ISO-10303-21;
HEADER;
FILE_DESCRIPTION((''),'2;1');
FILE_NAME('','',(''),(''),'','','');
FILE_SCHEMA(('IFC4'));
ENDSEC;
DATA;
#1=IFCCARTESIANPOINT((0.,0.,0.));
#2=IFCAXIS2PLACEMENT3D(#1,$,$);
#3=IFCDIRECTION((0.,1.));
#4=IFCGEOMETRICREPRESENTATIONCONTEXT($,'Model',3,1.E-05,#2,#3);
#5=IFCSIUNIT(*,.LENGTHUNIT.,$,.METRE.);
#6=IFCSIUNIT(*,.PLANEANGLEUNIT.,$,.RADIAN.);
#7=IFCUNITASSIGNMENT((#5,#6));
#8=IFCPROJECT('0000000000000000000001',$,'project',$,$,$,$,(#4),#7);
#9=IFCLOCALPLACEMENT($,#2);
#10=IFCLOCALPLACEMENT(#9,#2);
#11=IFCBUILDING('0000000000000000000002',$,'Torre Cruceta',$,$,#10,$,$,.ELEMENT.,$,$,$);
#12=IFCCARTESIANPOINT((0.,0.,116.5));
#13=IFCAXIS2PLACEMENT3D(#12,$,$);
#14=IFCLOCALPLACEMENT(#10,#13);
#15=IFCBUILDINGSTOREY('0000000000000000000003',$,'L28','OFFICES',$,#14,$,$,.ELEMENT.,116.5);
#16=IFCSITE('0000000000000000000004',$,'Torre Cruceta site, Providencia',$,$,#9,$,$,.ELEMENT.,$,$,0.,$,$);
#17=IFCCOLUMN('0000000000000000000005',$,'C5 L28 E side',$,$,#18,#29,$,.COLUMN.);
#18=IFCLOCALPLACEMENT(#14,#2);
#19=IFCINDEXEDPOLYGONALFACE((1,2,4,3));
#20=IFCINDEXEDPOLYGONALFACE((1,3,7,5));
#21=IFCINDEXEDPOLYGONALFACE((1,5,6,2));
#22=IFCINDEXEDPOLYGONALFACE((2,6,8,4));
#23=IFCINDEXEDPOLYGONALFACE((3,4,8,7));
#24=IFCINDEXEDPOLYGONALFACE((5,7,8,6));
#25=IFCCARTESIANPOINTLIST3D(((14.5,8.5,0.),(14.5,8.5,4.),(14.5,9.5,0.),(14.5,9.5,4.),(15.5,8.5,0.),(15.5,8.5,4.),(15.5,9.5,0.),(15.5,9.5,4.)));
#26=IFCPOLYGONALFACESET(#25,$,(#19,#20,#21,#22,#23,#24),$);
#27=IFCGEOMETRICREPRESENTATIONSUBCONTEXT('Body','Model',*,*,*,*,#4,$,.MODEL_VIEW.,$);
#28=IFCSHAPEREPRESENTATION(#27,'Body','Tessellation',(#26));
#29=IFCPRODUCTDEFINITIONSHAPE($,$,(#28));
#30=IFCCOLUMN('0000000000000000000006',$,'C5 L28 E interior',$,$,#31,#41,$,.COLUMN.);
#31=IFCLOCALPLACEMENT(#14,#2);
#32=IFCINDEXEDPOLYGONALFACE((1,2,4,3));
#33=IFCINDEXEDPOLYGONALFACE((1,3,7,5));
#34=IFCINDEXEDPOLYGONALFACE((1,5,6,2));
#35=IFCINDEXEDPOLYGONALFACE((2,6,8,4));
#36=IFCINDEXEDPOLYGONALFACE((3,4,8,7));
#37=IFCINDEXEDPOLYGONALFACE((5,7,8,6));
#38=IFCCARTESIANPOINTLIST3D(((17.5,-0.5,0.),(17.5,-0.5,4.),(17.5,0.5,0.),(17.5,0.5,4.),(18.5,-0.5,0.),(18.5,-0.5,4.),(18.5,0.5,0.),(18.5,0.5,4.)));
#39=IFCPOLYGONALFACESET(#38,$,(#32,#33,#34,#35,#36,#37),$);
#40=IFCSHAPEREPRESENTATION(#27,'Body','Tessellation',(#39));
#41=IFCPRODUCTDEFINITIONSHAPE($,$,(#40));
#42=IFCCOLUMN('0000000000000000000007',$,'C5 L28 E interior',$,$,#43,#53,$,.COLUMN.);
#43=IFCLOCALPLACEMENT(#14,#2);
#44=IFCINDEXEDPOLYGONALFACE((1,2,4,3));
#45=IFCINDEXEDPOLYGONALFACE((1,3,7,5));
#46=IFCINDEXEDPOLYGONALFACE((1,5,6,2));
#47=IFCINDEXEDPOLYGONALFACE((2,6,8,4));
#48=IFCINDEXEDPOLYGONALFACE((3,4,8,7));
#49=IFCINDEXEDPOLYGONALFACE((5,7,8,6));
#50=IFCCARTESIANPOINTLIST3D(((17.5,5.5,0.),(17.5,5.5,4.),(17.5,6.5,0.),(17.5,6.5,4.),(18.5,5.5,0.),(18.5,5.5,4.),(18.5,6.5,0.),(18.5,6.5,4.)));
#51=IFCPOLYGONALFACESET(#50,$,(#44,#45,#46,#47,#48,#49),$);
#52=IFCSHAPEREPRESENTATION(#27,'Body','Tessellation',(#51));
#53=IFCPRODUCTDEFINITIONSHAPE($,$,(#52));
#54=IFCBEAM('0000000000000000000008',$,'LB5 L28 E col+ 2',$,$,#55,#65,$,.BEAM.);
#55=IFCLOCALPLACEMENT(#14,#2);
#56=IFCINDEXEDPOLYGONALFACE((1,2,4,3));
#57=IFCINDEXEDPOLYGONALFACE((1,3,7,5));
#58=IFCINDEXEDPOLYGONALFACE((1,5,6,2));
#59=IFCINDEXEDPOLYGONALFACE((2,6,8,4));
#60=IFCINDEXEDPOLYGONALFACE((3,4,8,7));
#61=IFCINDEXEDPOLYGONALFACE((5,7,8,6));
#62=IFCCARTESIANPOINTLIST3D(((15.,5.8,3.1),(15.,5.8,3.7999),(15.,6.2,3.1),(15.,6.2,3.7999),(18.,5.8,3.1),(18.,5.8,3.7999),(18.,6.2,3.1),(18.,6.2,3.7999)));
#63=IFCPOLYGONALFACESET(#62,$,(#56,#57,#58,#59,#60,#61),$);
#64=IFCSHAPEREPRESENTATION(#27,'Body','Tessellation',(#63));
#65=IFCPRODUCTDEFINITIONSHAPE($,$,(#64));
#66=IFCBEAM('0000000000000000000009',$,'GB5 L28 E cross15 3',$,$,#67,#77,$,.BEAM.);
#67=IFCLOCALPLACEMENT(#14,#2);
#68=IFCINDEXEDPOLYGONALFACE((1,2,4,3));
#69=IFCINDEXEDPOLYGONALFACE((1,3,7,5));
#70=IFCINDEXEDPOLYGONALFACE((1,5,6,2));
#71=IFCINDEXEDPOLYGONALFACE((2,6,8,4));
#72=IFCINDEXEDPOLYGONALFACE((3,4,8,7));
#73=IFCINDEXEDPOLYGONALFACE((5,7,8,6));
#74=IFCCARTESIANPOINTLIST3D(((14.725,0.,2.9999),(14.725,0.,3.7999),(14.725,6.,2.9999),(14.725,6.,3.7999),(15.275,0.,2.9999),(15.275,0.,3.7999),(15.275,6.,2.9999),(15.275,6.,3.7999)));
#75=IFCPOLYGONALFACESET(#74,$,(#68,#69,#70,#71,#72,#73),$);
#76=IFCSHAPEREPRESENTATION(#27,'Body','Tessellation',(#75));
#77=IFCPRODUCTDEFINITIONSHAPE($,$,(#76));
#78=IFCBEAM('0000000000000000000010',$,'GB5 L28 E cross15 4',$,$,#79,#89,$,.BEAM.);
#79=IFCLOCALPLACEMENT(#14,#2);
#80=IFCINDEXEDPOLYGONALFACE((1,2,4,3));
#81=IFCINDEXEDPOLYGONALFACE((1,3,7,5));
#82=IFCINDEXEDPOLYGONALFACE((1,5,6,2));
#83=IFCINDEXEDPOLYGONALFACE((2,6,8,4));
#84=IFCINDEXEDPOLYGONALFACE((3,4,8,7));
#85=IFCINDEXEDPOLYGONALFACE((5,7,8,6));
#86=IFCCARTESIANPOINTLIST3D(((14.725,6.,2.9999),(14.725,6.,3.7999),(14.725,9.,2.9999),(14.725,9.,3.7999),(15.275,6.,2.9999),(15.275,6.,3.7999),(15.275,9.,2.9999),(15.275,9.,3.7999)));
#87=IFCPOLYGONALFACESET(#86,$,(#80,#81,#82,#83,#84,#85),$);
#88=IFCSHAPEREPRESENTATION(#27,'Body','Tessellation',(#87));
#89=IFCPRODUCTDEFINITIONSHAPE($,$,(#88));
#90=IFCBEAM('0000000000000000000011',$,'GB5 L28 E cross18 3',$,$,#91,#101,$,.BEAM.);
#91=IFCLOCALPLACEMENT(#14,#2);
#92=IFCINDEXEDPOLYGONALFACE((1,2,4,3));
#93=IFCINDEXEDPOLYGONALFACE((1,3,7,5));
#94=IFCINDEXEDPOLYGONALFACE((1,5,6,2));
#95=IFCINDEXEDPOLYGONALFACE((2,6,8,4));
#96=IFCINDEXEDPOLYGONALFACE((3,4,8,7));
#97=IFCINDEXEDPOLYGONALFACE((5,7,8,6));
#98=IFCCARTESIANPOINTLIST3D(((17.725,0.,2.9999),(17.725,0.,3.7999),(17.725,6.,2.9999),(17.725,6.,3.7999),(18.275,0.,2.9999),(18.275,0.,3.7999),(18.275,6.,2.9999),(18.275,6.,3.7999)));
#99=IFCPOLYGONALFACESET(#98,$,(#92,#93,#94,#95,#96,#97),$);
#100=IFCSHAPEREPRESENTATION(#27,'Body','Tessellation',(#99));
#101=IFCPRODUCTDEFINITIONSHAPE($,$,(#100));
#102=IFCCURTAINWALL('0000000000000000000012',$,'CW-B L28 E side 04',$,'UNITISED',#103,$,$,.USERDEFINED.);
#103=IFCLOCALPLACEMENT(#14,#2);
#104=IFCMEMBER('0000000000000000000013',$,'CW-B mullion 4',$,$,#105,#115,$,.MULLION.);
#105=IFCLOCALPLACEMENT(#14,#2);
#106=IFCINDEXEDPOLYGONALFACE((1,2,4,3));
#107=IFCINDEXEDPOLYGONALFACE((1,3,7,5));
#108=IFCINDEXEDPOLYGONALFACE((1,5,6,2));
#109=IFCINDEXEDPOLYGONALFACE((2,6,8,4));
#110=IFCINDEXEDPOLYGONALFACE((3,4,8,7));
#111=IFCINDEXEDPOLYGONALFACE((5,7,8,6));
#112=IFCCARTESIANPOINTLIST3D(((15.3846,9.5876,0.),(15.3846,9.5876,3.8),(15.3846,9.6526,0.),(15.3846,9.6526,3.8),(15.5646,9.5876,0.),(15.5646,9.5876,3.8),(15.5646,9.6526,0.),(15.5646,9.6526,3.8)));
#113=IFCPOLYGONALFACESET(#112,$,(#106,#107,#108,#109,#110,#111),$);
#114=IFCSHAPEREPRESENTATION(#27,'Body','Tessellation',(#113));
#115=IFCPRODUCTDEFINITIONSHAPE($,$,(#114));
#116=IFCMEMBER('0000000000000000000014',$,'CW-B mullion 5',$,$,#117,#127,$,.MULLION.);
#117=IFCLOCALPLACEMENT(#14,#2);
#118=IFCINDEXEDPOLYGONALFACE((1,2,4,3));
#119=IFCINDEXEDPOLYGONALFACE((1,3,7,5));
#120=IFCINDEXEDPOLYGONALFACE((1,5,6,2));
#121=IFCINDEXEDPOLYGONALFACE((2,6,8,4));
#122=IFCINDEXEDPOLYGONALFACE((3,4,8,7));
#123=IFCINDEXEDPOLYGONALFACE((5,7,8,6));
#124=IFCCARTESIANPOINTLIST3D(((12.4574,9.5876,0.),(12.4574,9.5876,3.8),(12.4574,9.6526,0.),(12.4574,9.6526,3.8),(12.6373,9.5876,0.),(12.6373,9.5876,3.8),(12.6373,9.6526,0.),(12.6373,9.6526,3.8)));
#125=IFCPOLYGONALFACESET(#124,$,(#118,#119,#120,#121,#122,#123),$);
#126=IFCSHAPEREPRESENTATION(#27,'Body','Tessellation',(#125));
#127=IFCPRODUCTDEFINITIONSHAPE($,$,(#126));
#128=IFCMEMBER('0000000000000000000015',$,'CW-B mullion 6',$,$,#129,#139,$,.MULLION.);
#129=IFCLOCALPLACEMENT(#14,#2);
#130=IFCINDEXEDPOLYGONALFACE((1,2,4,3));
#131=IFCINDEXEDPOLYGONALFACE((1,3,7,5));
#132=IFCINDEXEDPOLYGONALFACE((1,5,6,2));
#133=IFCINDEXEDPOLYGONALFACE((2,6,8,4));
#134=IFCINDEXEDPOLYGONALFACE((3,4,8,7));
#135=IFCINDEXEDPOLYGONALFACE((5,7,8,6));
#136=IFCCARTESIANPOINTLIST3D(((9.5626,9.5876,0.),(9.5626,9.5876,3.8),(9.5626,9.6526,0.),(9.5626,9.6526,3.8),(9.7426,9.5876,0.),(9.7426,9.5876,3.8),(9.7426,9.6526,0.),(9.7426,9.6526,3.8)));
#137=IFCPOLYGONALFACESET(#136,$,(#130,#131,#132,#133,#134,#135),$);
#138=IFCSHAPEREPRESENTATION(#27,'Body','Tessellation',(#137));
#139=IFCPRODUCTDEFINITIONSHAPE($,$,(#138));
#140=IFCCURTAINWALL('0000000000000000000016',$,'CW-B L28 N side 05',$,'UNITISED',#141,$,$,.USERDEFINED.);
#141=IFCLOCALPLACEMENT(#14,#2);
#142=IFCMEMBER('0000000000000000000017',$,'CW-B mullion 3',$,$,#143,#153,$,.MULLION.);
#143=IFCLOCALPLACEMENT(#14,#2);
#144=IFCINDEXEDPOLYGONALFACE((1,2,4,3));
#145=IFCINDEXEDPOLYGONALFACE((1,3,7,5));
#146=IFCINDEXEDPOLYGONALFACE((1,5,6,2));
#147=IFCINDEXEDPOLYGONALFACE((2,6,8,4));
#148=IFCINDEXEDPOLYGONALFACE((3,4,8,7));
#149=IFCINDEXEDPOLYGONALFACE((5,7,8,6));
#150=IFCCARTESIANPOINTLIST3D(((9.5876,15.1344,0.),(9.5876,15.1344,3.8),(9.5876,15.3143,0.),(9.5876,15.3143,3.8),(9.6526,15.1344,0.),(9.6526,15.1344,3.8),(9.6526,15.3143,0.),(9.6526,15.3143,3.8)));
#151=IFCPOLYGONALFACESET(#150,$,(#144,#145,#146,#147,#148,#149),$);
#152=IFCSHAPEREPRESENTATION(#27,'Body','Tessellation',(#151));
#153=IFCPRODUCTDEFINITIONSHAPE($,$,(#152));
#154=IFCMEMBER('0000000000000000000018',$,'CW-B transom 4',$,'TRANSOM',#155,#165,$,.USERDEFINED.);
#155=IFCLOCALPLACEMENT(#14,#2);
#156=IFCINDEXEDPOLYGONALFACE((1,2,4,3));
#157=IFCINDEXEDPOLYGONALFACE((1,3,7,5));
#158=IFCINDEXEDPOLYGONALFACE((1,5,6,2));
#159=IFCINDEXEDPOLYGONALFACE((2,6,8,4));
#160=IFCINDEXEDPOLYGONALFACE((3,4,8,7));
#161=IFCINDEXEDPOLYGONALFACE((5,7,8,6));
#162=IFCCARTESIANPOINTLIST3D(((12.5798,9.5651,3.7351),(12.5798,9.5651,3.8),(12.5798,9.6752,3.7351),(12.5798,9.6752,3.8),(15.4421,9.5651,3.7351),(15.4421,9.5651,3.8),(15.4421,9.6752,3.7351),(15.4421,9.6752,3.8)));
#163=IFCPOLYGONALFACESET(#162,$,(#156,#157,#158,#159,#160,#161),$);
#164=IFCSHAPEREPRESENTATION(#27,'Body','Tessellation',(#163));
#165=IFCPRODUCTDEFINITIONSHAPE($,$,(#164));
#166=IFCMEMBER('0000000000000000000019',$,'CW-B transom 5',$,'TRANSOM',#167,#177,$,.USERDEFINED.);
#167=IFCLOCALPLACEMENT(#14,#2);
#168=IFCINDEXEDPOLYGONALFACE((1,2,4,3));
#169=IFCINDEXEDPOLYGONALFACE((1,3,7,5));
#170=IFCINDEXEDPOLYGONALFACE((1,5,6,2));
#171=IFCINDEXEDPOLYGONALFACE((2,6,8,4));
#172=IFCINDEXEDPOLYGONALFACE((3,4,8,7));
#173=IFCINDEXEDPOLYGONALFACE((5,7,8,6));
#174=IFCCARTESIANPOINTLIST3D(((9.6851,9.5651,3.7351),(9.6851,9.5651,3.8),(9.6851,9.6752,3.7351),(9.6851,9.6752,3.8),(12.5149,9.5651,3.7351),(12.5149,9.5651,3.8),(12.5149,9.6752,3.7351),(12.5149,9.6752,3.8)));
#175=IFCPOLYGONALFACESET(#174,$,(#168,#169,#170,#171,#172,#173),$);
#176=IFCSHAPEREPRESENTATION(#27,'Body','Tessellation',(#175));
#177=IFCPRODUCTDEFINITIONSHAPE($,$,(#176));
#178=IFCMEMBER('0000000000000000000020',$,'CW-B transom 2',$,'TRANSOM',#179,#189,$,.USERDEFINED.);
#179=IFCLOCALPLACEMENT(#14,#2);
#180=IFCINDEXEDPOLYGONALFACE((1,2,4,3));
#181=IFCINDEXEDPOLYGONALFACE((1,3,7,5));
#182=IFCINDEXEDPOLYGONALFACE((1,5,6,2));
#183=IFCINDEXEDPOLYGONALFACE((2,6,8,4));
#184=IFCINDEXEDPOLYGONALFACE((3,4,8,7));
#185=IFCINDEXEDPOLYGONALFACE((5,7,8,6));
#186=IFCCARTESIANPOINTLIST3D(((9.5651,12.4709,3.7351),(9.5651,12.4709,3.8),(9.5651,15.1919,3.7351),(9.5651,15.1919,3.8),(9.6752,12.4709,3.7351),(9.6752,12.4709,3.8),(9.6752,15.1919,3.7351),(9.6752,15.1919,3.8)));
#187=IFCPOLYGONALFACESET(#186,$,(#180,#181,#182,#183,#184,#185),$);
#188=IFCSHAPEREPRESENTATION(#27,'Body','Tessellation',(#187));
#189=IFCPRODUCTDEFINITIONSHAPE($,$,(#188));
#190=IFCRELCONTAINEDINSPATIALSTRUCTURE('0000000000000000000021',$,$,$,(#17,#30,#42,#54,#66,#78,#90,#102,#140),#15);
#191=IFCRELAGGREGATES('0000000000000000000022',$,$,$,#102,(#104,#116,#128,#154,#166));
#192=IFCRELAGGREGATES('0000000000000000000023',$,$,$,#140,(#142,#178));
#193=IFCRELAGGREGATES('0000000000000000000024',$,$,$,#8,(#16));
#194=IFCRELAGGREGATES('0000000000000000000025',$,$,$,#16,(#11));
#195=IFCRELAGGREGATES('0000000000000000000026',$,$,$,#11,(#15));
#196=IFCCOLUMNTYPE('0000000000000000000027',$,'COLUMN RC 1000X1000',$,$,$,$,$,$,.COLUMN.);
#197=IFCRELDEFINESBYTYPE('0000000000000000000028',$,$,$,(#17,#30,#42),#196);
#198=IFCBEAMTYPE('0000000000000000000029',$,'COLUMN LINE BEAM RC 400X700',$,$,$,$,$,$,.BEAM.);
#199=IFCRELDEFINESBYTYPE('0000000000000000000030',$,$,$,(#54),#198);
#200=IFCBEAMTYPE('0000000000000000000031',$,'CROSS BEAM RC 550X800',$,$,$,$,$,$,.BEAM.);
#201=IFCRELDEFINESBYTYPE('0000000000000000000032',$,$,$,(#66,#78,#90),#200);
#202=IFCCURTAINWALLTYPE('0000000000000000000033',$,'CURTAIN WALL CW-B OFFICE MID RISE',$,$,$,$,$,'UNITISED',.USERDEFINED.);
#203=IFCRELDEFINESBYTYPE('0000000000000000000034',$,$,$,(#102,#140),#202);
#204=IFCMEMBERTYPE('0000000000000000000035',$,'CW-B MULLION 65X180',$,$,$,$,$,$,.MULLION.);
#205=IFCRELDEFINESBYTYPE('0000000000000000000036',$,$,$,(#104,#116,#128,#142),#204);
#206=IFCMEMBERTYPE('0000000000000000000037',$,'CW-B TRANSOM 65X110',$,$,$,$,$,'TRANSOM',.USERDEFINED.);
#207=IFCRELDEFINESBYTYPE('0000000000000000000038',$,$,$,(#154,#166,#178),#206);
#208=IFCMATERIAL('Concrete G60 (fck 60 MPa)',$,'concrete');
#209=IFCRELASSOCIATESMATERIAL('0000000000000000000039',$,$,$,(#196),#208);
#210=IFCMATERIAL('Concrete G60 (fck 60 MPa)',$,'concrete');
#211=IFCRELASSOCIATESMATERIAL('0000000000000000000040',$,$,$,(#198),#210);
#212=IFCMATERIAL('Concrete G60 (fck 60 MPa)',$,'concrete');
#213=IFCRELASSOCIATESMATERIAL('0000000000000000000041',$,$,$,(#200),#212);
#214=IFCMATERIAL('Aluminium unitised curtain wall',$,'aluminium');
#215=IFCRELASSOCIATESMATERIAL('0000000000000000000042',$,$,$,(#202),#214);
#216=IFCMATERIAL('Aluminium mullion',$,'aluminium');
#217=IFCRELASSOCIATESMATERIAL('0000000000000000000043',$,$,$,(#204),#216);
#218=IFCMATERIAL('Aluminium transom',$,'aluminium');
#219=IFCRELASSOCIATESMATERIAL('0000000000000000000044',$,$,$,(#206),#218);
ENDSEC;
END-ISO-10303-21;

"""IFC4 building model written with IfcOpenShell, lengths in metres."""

from ifc_helpers import new_model, si_unit, direction, frame, origin, origin_2d, place, context, subcontext, project, spatial, rectangle, extrude, material, material_profile, profile_set, type_object, element, aggregate, save


model = new_model("IFC4")

# Units and contexts
model_context = context("Model", 3, precision=1e-05, world=origin(), true_north=direction((0.0, 1.0)))
body_context = subcontext(model_context, "Body", "Model", "MODEL_VIEW")
ifc_project = project(units=[si_unit("LENGTHUNIT", "METRE"), si_unit("PLANEANGLEUNIT", "RADIAN")], contexts=[model_context])

# Site, building, storey
site_placement = place(None, origin())
site = spatial("IfcSite", under=ifc_project, at=site_placement, Name="Torre Cruceta site, Providencia", CompositionType="ELEMENT", RefElevation=0.0)
building_placement = place(site_placement, origin())
building = spatial("IfcBuilding", under=site, at=building_placement, Name="Torre Cruceta", CompositionType="ELEMENT")
storey_placement = place(building_placement, frame((0.0, 0.0, 116.5)))
storey = spatial("IfcBuildingStorey", under=building, at=storey_placement, Name="L28", Description="OFFICES", CompositionType="ELEMENT", Elevation=116.5)

# Columns
ifc_material_1 = material(Name="Concrete G60 (fck 60 MPa)", Category="concrete")
ifc_material_profile_1 = material_profile(ifc_material_1, rectangle(XDim=1.0, YDim=1.0, at=origin_2d()), Name="RC 1000X1000")
ifc_profile_set_1 = profile_set([ifc_material_profile_1], Name="Concrete G60 (fck 60 MPa)")
column_type = type_object("IfcColumnType", Name="COLUMN RC 1000X1000", PredefinedType="COLUMN", material=ifc_profile_set_1)
for number, where, z_axis, x_axis, name in (
    (1, (15.0, 9.0, 0.0), (0.0, 0.0, 1.0), (1.0, 0.0, 0.0), "C5 L28 E side"),
    (2, (18.0, 0.0, 0.0), (0.0, 0.0, 1.0), (1.0, 0.0, 0.0), "C5 L28 E interior"),
    (3, (18.0, 6.0, 0.0), (0.0, 0.0, 1.0), (1.0, 0.0, 0.0), "C5 L28 E interior"),
):
    element("IfcColumn", number, at=place(storey_placement, frame(where, z_axis=z_axis, x_axis=x_axis)), inside=storey, type_object=column_type, Name=name, PredefinedType="COLUMN", context=body_context, shape_type="SweptSolid", body=[
        extrude(rectangle(XDim=1.0, YDim=1.0, at=origin_2d()), origin(), (0.0, 0.0, 1.0), 4.0),
    ])

# Beams
ifc_material_2 = material(Name="Concrete G60 (fck 60 MPa)", Category="concrete")
ifc_material_profile_2 = material_profile(ifc_material_2, rectangle(XDim=0.3999, YDim=0.7, at=origin_2d()), Name="RC 400X700")
ifc_profile_set_2 = profile_set([ifc_material_profile_2], Name="Concrete G60 (fck 60 MPa)")
beam_type_1 = type_object("IfcBeamType", Name="COLUMN LINE BEAM RC 400X700", PredefinedType="BEAM", material=ifc_profile_set_2)
beam_1_placement = place(storey_placement, frame((15.0, 6.0, 3.45), z_axis=(1.0, 0.0, 0.0), x_axis=(0.0, 1.0, 0.0)))
element("IfcBeam", 4, at=beam_1_placement, inside=storey, type_object=beam_type_1, Name="LB5 L28 E col+ 2", PredefinedType="BEAM", context=body_context, shape_type="SweptSolid", body=[
    extrude(rectangle(XDim=0.3999, YDim=0.7, at=origin_2d()), origin(), (0.0, 0.0, 1.0), 3.0),
])
ifc_material_3 = material(Name="Concrete G60 (fck 60 MPa)", Category="concrete")
ifc_material_profile_3 = material_profile(ifc_material_3, rectangle(XDim=0.55, YDim=0.8, at=origin_2d()), Name="RC 550X800")
ifc_profile_set_3 = profile_set([ifc_material_profile_3], Name="Concrete G60 (fck 60 MPa)")
beam_type_2 = type_object("IfcBeamType", Name="CROSS BEAM RC 550X800", PredefinedType="BEAM", material=ifc_profile_set_3)
beam_2_placement = place(storey_placement, frame((15.0, 0.0, 3.3999), z_axis=(0.0, 1.0, 0.0), x_axis=(-1.0, 0.0, 0.0)))
element("IfcBeam", 5, at=beam_2_placement, inside=storey, type_object=beam_type_2, Name="GB5 L28 E cross15 3", PredefinedType="BEAM", context=body_context, shape_type="SweptSolid", body=[
    extrude(rectangle(XDim=0.55, YDim=0.8, at=origin_2d()), origin(), (0.0, 0.0, 1.0), 6.0),
])
beam_3_placement = place(storey_placement, frame((15.0, 6.0, 3.3999), z_axis=(0.0, 1.0, 0.0), x_axis=(-1.0, 0.0, 0.0)))
element("IfcBeam", 6, at=beam_3_placement, inside=storey, type_object=beam_type_2, Name="GB5 L28 E cross15 4", PredefinedType="BEAM", context=body_context, shape_type="SweptSolid", body=[
    extrude(rectangle(XDim=0.55, YDim=0.8, at=origin_2d()), origin(), (0.0, 0.0, 1.0), 3.0),
])
beam_4_placement = place(storey_placement, frame((18.0, 0.0, 3.3999), z_axis=(0.0, 1.0, 0.0), x_axis=(-1.0, 0.0, 0.0)))
element("IfcBeam", 7, at=beam_4_placement, inside=storey, type_object=beam_type_2, Name="GB5 L28 E cross18 3", PredefinedType="BEAM", context=body_context, shape_type="SweptSolid", body=[
    extrude(rectangle(XDim=0.55, YDim=0.8, at=origin_2d()), origin(), (0.0, 0.0, 1.0), 6.0),
])

# Curtain wall, members
ifc_material_4 = material(Name="Aluminium unitised curtain wall", Category="aluminium")
curtain_wall_type = type_object("IfcCurtainWallType", Name="CURTAIN WALL CW-B OFFICE MID RISE", ElementType="UNITISED", PredefinedType="USERDEFINED", material=ifc_material_4)
curtain_wall_1_placement = place(storey_placement, origin())
curtain_wall_1 = element("IfcCurtainWall", 8, at=curtain_wall_1_placement, inside=storey, type_object=curtain_wall_type, Name="CW-B L28 E side 04", ObjectType="UNITISED", PredefinedType="USERDEFINED")
ifc_material_5 = material(Name="Aluminium mullion", Category="aluminium")
ifc_material_profile_4 = material_profile(ifc_material_5, rectangle(XDim=0.0649, YDim=0.1799, at=origin_2d()), Name="AL 65X180")
ifc_profile_set_4 = profile_set([ifc_material_profile_4], Name="Aluminium mullion")
member_type_1 = type_object("IfcMemberType", Name="CW-B MULLION 65X180", PredefinedType="MULLION", material=ifc_profile_set_4)
member_1_placement = place(storey_placement, frame((15.4746, 9.6201, 0.0), z_axis=(0.0, 0.0, 1.0), x_axis=(0.0, -1.0, 0.0)))
member_1 = element("IfcMember", 9, at=member_1_placement, type_object=member_type_1, Name="CW-B mullion 4", PredefinedType="MULLION", context=body_context, shape_type="SweptSolid", body=[
    extrude(rectangle(XDim=0.0649, YDim=0.1799, at=origin_2d()), origin(), (0.0, 0.0, 1.0), 3.8),
])
member_2_placement = place(storey_placement, frame((12.5474, 9.6201, 0.0), z_axis=(0.0, 0.0, 1.0), x_axis=(0.0, -1.0, 0.0)))
member_2 = element("IfcMember", 10, at=member_2_placement, type_object=member_type_1, Name="CW-B mullion 5", PredefinedType="MULLION", context=body_context, shape_type="SweptSolid", body=[
    extrude(rectangle(XDim=0.0649, YDim=0.1799, at=origin_2d()), origin(), (0.0, 0.0, 1.0), 3.8),
])
member_3_placement = place(storey_placement, frame((9.6526, 9.6201, 0.0), z_axis=(0.0, 0.0, 1.0), x_axis=(0.0, -1.0, 0.0)))
member_3 = element("IfcMember", 11, at=member_3_placement, type_object=member_type_1, Name="CW-B mullion 6", PredefinedType="MULLION", context=body_context, shape_type="SweptSolid", body=[
    extrude(rectangle(XDim=0.0649, YDim=0.1799, at=origin_2d()), origin(), (0.0, 0.0, 1.0), 3.8),
])

# Curtain wall, member
curtain_wall_2_placement = place(storey_placement, origin())
curtain_wall_2 = element("IfcCurtainWall", 12, at=curtain_wall_2_placement, inside=storey, type_object=curtain_wall_type, Name="CW-B L28 N side 05", ObjectType="UNITISED", PredefinedType="USERDEFINED")
member_4_placement = place(storey_placement, frame((9.6201, 15.2244, 0.0), z_axis=(0.0, 0.0, 1.0), x_axis=(-1.0, 0.0, 0.0)))
member_4 = element("IfcMember", 13, at=member_4_placement, type_object=member_type_1, Name="CW-B mullion 3", PredefinedType="MULLION", context=body_context, shape_type="SweptSolid", body=[
    extrude(rectangle(XDim=0.0649, YDim=0.1799, at=origin_2d()), origin(), (0.0, 0.0, 1.0), 3.8),
])

# Members
ifc_material_6 = material(Name="Aluminium transom", Category="aluminium")
ifc_material_profile_5 = material_profile(ifc_material_6, rectangle(XDim=0.1101, YDim=0.0649, at=origin_2d()), Name="AL 110X65")
ifc_profile_set_5 = profile_set([ifc_material_profile_5], Name="Aluminium transom")
member_type_2 = type_object("IfcMemberType", Name="CW-B TRANSOM 65X110", ElementType="TRANSOM", PredefinedType="USERDEFINED", material=ifc_profile_set_5)
member_5_placement = place(storey_placement, frame((15.4421, 9.6201, 3.7676), z_axis=(-1.0, 0.0, 0.0), x_axis=(0.0, -1.0, 0.0)))
member_5 = element("IfcMember", 14, at=member_5_placement, type_object=member_type_2, Name="CW-B transom 4", ObjectType="TRANSOM", PredefinedType="USERDEFINED", context=body_context, shape_type="SweptSolid", body=[
    extrude(rectangle(XDim=0.1101, YDim=0.0649, at=origin_2d()), origin(), (0.0, 0.0, 1.0), 2.8623),
])
member_6_placement = place(storey_placement, frame((12.5149, 9.6201, 3.7676), z_axis=(-1.0, 0.0, 0.0), x_axis=(0.0, -1.0, 0.0)))
member_6 = element("IfcMember", 15, at=member_6_placement, type_object=member_type_2, Name="CW-B transom 5", ObjectType="TRANSOM", PredefinedType="USERDEFINED", context=body_context, shape_type="SweptSolid", body=[
    extrude(rectangle(XDim=0.1101, YDim=0.0649, at=origin_2d()), origin(), (0.0, 0.0, 1.0), 2.8298),
])
member_7_placement = place(storey_placement, frame((9.6201, 12.4709, 3.7676), z_axis=(0.0, 1.0, 0.0), x_axis=(-1.0, 0.0, 0.0)))
member_7 = element("IfcMember", 16, at=member_7_placement, type_object=member_type_2, Name="CW-B transom 2", ObjectType="TRANSOM", PredefinedType="USERDEFINED", context=body_context, shape_type="SweptSolid", body=[
    extrude(rectangle(XDim=0.1101, YDim=0.0649, at=origin_2d()), origin(), (0.0, 0.0, 1.0), 2.7209),
])

aggregate(curtain_wall_1, [member_1, member_2, member_3, member_5, member_6])
aggregate(curtain_wall_2, [member_4, member_7])

save(model, "model.ifc")
